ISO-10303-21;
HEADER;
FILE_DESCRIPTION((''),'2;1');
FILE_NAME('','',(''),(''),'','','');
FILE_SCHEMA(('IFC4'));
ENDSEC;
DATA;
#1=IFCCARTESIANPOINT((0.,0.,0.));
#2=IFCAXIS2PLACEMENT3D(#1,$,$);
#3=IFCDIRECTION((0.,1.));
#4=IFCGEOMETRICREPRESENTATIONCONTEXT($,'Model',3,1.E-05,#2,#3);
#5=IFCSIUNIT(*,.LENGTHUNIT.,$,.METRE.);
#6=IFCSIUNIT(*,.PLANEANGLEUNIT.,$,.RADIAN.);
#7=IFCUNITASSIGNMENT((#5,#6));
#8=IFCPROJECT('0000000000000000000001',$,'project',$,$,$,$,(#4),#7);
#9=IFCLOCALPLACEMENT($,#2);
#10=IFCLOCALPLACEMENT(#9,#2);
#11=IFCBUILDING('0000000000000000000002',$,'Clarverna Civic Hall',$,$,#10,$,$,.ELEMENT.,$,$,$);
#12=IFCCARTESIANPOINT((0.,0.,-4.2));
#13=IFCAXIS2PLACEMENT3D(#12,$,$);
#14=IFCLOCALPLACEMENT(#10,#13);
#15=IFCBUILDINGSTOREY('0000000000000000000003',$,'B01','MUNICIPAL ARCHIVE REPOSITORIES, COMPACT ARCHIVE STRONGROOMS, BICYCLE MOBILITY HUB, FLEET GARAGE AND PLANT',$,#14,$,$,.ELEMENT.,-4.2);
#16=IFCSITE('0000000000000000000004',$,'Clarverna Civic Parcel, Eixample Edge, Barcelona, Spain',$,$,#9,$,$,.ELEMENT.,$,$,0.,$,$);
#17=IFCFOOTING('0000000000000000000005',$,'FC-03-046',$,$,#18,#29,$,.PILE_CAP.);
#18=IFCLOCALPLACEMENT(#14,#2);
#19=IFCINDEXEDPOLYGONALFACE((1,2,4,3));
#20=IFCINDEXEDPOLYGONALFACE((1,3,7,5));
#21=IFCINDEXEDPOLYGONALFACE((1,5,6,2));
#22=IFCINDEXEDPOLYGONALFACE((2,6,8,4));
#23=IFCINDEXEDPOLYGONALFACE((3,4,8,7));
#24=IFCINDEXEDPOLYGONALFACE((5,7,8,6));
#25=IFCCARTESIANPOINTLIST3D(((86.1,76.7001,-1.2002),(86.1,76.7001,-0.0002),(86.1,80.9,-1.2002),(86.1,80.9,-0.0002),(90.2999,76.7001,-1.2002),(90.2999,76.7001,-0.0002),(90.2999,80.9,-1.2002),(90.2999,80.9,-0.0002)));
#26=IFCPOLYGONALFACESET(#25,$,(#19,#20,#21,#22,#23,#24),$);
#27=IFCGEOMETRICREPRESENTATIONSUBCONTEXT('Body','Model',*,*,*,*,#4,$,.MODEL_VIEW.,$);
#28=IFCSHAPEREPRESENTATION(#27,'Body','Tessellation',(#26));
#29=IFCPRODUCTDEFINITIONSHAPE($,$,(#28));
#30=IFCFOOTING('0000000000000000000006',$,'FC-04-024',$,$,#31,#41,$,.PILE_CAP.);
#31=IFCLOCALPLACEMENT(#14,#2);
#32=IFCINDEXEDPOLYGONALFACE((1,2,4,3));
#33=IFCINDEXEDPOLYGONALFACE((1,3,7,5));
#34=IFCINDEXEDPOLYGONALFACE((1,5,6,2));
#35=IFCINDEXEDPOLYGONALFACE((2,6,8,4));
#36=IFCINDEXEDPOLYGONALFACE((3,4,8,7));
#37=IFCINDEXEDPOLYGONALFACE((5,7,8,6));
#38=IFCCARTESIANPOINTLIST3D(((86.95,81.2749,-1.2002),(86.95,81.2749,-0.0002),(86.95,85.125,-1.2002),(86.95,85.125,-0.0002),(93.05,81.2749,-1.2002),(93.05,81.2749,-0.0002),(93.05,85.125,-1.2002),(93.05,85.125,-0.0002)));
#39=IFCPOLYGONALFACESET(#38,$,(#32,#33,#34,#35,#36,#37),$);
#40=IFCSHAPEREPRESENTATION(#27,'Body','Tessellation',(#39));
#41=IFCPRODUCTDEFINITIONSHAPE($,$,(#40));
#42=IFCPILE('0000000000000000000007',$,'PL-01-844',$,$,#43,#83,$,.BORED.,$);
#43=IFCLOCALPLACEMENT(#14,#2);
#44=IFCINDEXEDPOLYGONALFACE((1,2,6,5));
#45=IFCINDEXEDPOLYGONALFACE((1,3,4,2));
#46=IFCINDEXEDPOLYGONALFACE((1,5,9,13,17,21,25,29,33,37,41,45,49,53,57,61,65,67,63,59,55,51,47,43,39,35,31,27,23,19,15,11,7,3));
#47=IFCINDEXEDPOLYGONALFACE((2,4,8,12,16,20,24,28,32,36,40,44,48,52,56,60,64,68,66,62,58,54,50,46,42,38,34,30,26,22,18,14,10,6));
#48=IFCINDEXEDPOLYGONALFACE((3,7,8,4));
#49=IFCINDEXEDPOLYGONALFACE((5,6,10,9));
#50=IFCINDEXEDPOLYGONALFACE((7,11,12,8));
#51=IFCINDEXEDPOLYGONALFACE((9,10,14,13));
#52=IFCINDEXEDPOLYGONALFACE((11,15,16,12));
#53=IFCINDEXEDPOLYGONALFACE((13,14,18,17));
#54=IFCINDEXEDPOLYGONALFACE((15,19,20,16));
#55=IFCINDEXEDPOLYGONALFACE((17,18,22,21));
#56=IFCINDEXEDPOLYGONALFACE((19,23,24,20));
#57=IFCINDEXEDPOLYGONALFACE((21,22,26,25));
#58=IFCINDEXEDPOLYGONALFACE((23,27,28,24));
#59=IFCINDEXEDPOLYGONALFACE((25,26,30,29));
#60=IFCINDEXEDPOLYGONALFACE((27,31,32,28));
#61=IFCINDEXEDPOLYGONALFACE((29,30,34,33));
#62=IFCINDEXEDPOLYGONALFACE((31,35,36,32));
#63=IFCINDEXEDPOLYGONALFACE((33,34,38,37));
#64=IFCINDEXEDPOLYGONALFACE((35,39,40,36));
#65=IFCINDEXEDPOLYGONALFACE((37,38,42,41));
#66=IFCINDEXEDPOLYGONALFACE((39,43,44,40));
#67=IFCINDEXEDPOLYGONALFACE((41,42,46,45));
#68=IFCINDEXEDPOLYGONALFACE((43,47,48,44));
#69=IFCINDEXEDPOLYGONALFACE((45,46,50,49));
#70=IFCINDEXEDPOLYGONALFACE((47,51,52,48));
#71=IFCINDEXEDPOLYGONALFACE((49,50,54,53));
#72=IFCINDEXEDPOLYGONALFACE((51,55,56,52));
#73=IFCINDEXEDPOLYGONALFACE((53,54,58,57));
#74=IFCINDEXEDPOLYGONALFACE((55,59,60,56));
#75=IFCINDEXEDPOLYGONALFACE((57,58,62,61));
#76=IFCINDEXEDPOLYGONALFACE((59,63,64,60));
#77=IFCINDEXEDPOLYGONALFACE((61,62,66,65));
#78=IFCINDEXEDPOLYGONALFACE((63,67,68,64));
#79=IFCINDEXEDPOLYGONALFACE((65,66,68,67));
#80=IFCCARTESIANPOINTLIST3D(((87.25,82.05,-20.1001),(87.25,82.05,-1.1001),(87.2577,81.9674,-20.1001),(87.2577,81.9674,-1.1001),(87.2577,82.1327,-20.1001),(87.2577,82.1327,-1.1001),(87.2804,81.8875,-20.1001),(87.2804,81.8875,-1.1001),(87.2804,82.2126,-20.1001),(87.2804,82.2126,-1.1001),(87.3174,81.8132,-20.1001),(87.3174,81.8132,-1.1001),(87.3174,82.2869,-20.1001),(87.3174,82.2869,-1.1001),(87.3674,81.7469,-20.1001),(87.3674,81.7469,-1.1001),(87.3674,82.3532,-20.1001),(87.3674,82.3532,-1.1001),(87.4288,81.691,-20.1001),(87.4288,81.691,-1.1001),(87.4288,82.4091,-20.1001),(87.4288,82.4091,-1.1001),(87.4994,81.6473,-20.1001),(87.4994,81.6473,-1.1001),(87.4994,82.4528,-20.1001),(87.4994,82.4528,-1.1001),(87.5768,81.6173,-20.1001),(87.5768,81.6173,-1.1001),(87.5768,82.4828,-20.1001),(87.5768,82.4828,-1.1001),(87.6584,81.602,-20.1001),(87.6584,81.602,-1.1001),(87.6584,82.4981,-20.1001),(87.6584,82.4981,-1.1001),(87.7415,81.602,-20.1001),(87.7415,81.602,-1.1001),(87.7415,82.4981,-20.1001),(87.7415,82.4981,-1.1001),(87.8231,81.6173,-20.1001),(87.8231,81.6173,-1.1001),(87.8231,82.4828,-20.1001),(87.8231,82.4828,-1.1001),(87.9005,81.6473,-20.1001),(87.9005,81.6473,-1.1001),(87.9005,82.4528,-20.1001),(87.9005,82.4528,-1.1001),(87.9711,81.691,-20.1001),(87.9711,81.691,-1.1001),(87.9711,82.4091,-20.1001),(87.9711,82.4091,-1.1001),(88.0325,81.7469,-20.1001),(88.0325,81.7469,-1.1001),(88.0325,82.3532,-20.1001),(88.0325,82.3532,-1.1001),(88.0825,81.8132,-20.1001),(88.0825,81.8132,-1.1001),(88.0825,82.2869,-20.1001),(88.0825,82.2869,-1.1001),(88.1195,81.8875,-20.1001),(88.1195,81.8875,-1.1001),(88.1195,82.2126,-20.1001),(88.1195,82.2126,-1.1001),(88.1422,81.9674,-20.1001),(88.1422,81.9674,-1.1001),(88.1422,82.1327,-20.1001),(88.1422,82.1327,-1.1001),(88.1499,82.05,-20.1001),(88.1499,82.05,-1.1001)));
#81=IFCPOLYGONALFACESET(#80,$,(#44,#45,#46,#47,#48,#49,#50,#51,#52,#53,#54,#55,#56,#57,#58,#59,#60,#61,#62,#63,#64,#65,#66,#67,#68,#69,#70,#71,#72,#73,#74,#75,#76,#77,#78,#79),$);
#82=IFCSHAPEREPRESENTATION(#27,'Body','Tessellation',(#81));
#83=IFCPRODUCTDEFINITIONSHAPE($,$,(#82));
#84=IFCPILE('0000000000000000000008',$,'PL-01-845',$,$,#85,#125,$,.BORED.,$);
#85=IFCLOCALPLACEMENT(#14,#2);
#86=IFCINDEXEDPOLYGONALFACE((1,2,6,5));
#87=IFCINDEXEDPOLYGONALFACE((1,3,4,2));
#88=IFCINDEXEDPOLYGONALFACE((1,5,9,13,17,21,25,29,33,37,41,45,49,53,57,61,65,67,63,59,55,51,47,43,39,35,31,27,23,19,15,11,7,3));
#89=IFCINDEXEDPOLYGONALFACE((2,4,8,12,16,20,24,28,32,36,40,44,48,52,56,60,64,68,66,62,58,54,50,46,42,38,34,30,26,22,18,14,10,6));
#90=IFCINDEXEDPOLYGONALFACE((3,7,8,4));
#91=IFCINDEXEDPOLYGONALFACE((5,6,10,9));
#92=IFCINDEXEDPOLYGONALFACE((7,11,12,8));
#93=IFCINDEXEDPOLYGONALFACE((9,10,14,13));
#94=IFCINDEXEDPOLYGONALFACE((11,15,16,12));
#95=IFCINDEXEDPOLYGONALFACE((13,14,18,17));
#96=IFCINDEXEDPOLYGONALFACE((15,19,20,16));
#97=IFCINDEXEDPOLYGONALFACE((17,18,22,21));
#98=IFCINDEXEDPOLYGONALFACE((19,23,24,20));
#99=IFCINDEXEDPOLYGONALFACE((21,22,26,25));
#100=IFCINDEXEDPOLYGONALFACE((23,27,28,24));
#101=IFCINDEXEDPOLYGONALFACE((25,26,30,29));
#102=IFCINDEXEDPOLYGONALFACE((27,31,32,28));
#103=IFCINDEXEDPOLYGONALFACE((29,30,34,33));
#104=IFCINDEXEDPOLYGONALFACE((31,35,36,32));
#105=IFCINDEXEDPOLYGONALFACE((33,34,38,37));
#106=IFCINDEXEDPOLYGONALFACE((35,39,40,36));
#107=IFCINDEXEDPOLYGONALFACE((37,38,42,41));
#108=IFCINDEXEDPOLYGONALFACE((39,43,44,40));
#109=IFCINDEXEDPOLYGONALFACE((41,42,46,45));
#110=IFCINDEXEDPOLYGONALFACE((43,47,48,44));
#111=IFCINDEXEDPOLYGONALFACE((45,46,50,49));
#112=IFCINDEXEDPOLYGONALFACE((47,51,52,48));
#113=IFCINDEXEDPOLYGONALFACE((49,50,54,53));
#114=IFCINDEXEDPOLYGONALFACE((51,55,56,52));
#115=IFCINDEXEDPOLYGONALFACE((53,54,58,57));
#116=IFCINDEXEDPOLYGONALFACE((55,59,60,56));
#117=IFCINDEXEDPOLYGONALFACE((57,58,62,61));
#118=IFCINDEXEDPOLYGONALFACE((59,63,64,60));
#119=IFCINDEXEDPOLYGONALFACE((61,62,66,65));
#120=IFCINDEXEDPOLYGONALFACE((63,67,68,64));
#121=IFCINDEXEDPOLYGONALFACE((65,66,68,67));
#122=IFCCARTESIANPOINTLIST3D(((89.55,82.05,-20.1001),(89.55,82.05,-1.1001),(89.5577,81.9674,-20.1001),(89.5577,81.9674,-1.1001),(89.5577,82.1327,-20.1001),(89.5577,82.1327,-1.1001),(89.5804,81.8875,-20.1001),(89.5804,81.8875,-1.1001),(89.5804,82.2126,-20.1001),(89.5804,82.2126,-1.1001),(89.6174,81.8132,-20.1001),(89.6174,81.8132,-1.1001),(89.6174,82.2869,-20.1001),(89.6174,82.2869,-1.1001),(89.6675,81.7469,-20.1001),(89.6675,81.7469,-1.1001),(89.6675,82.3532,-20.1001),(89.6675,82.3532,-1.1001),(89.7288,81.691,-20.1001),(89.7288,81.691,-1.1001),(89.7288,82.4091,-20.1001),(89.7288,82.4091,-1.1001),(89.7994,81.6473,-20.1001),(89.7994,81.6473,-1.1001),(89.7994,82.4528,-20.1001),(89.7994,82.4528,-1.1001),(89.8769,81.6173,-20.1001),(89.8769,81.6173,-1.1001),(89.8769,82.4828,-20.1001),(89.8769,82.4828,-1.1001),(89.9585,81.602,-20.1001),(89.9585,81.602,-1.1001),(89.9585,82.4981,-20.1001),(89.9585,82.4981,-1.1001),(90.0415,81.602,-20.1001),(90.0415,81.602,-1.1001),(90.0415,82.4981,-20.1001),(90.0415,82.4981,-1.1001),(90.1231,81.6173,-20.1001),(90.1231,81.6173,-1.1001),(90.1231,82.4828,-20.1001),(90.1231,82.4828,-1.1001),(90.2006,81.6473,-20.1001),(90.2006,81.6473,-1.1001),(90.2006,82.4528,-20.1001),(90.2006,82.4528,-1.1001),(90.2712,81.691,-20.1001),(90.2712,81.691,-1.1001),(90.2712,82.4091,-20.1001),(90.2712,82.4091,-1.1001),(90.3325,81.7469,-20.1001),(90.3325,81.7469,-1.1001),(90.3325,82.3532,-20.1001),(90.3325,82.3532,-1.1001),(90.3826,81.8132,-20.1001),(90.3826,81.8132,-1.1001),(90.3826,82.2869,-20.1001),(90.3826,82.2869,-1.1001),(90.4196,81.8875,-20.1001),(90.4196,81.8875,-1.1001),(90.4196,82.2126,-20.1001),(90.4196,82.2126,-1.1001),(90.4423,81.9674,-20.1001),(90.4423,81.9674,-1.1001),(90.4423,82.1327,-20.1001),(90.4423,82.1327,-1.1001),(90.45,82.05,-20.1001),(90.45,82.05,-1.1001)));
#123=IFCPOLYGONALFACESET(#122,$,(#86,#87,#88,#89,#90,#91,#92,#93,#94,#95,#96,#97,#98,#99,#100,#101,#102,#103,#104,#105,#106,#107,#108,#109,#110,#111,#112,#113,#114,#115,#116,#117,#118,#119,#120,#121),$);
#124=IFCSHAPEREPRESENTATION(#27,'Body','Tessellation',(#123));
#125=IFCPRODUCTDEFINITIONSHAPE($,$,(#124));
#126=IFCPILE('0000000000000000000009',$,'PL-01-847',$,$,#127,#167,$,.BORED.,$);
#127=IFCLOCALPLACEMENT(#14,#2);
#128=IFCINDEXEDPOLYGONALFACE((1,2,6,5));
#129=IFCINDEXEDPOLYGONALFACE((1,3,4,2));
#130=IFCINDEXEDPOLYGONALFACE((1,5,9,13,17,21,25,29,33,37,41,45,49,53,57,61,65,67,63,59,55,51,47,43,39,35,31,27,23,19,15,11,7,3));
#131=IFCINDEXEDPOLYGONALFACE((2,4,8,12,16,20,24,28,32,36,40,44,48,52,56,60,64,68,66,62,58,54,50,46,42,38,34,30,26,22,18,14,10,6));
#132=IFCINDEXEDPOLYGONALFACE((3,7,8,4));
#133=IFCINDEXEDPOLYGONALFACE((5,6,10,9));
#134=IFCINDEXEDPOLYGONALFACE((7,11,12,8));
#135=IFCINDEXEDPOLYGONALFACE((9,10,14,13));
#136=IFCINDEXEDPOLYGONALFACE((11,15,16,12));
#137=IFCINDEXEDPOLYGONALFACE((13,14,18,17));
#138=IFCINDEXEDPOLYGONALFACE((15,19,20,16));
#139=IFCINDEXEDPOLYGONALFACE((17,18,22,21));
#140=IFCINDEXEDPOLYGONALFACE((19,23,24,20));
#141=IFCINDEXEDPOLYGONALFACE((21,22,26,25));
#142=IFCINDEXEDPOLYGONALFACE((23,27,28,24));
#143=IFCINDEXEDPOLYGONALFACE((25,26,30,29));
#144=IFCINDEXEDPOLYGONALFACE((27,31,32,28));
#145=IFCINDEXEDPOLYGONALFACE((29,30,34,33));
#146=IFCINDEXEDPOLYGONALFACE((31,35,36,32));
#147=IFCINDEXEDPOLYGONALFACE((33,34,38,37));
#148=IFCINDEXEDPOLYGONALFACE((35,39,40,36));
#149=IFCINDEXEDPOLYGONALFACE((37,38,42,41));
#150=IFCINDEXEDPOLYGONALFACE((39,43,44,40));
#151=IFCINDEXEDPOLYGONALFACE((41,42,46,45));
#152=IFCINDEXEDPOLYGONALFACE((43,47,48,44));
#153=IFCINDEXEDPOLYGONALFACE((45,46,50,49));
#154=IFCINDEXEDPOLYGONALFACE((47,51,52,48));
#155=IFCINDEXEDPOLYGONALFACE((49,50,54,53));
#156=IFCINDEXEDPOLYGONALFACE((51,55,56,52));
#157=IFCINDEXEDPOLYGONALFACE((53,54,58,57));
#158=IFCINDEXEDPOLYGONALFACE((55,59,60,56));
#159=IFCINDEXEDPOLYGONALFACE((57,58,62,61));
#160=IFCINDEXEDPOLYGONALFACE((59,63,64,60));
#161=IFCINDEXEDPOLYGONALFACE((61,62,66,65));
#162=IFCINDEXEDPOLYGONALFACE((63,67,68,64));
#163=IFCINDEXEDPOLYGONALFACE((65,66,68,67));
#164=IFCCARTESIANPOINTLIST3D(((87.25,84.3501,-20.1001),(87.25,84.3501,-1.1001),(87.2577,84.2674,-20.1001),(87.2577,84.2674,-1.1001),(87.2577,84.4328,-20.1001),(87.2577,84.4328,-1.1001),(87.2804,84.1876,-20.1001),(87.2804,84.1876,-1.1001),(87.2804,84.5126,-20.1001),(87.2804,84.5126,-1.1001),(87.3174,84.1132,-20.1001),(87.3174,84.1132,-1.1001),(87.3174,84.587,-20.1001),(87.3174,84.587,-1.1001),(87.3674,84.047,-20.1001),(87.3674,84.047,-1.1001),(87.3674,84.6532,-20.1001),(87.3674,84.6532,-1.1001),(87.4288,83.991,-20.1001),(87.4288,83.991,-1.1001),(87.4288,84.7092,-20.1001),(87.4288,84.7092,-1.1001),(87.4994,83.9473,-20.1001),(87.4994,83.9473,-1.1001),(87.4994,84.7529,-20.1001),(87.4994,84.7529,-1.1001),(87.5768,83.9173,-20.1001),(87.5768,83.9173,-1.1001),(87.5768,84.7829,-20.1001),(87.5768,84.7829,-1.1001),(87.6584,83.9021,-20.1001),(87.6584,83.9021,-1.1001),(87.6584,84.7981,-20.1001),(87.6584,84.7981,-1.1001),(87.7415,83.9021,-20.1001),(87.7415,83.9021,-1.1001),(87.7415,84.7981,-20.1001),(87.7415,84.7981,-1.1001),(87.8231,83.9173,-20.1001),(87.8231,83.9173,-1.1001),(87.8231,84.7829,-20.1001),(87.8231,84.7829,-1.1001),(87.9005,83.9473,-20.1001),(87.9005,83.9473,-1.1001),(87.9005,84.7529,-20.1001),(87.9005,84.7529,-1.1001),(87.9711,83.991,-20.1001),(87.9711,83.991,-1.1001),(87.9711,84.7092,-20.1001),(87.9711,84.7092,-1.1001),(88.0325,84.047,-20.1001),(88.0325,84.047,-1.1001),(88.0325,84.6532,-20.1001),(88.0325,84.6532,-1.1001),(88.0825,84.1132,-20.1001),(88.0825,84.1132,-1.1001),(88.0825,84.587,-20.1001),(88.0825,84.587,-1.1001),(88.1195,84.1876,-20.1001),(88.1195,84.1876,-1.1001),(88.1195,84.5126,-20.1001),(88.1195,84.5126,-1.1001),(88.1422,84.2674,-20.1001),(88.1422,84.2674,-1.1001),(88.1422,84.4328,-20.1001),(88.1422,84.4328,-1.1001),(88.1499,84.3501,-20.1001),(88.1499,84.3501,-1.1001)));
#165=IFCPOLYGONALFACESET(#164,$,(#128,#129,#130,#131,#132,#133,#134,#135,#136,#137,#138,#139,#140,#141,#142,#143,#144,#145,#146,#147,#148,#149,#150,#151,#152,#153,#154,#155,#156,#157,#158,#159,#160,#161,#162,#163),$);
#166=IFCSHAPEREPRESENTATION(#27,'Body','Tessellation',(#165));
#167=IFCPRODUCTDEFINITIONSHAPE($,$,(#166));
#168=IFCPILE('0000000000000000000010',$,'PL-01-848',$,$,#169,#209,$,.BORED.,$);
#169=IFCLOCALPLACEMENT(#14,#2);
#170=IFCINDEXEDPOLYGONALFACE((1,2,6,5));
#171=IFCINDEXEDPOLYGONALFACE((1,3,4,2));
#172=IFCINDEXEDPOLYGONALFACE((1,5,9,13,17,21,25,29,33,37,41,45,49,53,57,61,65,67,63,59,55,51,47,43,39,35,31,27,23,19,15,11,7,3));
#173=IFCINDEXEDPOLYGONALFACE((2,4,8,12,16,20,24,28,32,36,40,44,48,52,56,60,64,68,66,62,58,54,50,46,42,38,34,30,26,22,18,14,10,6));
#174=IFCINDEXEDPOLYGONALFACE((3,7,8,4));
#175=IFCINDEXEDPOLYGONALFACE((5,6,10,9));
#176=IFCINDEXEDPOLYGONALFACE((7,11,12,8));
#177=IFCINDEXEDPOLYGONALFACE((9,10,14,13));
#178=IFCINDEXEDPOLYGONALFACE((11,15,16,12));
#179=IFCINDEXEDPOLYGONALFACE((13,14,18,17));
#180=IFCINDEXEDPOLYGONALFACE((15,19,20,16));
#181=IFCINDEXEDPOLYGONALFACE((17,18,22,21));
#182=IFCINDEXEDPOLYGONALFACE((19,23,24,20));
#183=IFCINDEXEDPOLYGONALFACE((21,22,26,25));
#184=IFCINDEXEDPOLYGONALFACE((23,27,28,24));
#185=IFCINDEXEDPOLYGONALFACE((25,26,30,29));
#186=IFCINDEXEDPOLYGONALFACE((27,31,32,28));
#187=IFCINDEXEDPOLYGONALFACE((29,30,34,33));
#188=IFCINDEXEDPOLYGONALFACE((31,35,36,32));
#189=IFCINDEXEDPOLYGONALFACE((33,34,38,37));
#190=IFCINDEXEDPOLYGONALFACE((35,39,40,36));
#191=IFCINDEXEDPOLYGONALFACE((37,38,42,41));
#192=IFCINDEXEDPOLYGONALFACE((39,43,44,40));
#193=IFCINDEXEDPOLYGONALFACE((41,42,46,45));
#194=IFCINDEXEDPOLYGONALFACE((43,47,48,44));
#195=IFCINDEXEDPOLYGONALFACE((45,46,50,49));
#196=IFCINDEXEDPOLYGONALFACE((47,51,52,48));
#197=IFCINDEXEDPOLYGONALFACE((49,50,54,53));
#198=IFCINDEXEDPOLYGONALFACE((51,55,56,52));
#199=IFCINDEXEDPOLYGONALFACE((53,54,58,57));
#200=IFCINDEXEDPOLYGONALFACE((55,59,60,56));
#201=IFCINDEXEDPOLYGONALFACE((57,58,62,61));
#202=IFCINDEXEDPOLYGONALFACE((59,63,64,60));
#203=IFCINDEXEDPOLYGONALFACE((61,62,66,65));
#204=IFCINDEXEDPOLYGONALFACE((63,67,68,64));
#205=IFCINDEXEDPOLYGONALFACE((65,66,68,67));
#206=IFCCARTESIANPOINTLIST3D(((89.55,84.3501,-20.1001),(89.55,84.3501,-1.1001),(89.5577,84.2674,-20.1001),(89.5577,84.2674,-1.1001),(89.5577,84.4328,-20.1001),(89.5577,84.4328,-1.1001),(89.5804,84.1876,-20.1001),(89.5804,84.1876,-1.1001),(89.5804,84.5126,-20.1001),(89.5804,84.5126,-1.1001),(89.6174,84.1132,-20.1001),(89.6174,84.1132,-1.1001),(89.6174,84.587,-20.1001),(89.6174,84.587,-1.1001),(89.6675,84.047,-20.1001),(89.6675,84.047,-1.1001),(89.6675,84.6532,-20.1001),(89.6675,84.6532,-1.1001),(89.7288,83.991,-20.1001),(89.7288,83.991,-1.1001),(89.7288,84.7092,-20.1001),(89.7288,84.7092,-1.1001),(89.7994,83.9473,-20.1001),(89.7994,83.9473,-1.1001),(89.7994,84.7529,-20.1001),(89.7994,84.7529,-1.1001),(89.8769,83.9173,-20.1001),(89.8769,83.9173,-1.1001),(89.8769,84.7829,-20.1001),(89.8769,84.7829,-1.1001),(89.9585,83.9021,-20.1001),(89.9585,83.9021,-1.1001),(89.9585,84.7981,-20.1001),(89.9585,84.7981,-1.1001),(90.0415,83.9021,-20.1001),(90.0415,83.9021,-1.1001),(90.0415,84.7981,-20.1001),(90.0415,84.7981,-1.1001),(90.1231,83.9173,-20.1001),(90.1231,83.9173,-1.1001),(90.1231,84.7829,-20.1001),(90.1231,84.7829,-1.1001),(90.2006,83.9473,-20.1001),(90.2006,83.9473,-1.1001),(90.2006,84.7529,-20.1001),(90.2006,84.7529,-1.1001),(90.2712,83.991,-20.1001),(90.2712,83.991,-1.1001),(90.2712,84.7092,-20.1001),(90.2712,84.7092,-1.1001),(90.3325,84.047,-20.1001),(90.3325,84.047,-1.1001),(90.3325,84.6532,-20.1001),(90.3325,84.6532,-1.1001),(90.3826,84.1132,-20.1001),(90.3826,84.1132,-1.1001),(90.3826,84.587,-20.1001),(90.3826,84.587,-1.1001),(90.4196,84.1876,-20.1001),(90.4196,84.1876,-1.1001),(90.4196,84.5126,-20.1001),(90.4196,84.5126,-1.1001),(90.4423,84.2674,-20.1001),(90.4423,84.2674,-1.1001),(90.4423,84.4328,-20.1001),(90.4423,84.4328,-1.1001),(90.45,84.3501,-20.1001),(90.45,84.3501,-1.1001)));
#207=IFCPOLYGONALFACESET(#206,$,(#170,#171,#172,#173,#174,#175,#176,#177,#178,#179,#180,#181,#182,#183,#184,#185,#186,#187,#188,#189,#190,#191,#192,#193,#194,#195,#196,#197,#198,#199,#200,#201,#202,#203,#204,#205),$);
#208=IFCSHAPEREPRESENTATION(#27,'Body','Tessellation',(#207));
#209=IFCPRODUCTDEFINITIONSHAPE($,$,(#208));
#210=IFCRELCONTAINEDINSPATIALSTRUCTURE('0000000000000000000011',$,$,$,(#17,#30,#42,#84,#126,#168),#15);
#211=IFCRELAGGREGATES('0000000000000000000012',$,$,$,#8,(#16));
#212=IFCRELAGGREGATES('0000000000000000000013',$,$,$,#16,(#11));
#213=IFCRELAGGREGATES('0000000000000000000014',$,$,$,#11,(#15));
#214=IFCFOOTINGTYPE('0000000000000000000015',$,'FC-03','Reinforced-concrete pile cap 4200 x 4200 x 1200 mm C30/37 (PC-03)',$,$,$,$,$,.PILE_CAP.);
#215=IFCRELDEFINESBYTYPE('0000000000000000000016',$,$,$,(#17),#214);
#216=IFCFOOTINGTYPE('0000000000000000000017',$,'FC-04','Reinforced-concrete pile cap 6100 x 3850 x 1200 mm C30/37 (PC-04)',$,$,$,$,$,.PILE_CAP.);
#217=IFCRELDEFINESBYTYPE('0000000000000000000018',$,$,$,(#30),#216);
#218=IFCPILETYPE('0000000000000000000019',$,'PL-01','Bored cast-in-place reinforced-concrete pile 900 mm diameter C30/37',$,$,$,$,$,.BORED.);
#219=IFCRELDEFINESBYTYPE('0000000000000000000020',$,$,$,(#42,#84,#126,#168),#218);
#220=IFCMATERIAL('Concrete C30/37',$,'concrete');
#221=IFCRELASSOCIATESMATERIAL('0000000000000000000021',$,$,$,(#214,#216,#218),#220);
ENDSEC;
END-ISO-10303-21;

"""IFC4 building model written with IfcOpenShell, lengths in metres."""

from ifc_helpers import new_model, si_unit, direction, frame, origin, origin_2d, place, context, subcontext, project, spatial, rectangle, circle, extrude, material, material_profile, profile_set, type_object, element, save


model = new_model("IFC4")

# Units and contexts
model_context = context("Model", 3, precision=1e-05, world=origin(), true_north=direction((0.0, 1.0)))
body_context = subcontext(model_context, "Body", "Model", "MODEL_VIEW")
ifc_project = project(units=[si_unit("LENGTHUNIT", "METRE"), si_unit("PLANEANGLEUNIT", "RADIAN")], contexts=[model_context])

# Site, building, storey
site_placement = place(None, origin())
site = spatial("IfcSite", under=ifc_project, at=site_placement, Name="Clarverna Civic Parcel, Eixample Edge, Barcelona, Spain", CompositionType="ELEMENT", RefElevation=0.0)
building_placement = place(site_placement, origin())
building = spatial("IfcBuilding", under=site, at=building_placement, Name="Clarverna Civic Hall", CompositionType="ELEMENT")
storey_placement = place(building_placement, frame((0.0, 0.0, -4.2)))
storey = spatial("IfcBuildingStorey", under=building, at=storey_placement, Name="B01", Description="MUNICIPAL ARCHIVE REPOSITORIES, COMPACT ARCHIVE STRONGROOMS, BICYCLE MOBILITY HUB, FLEET GARAGE AND PLANT", CompositionType="ELEMENT", Elevation=-4.2)

# Footings
ifc_material_1 = material(Name="Concrete C30/37", Category="concrete")
footing_type_1 = type_object("IfcFootingType", Name="FC-03", Description="Reinforced-concrete pile cap 4200 x 4200 x 1200 mm C30/37 (PC-03)", PredefinedType="PILE_CAP", material=ifc_material_1)
footing_1_placement = place(storey_placement, frame((88.2, 78.8, -1.2002), z_axis=(0.0, 0.0, 1.0), x_axis=(1.0, 0.0, 0.0)))
element("IfcFooting", 1, at=footing_1_placement, inside=storey, type_object=footing_type_1, Name="FC-03-046", PredefinedType="PILE_CAP", context=body_context, shape_type="SweptSolid", body=[
    extrude(rectangle(XDim=4.2, YDim=4.2, at=origin_2d()), origin(), (0.0, 0.0, 1.0), 1.2),
])
footing_type_2 = type_object("IfcFootingType", Name="FC-04", Description="Reinforced-concrete pile cap 6100 x 3850 x 1200 mm C30/37 (PC-04)", PredefinedType="PILE_CAP", material=ifc_material_1)
footing_2_placement = place(storey_placement, frame((90.0, 83.2, -1.2002), z_axis=(0.0, 0.0, 1.0), x_axis=(1.0, 0.0, 0.0)))
element("IfcFooting", 2, at=footing_2_placement, inside=storey, type_object=footing_type_2, Name="FC-04-024", PredefinedType="PILE_CAP", context=body_context, shape_type="SweptSolid", body=[
    extrude(rectangle(XDim=6.1001, YDim=3.8501, at=origin_2d()), origin(), (0.0, 0.0, 1.0), 1.2),
])

# Piles
ifc_material_profile_1 = material_profile(ifc_material_1, circle(Radius=0.45, at=origin_2d()), Name="BORED PILE D900")
ifc_profile_set_1 = profile_set([ifc_material_profile_1], Name="Concrete C30/37")
pile_type_1 = type_object("IfcPileType", Name="PL-01", Description="Bored cast-in-place reinforced-concrete pile 900 mm diameter C30/37", PredefinedType="BORED", material=ifc_profile_set_1)
for number, where, z_axis, x_axis, name in (
    (3, (87.7, 82.05, -1.1001), (0.0, 0.0, -1.0), (1.0, 0.0, 0.0), "PL-01-844"),
    (4, (90.0, 82.05, -1.1001), (0.0, 0.0, -1.0), (1.0, 0.0, 0.0), "PL-01-845"),
    (5, (87.7, 84.3501, -1.1001), (0.0, 0.0, -1.0), (1.0, 0.0, 0.0), "PL-01-847"),
    (6, (90.0, 84.3501, -1.1001), (0.0, 0.0, -1.0), (1.0, 0.0, 0.0), "PL-01-848"),
):
    element("IfcPile", number, at=place(storey_placement, frame(where, z_axis=z_axis, x_axis=x_axis)), inside=storey, type_object=pile_type_1, Name=name, PredefinedType="BORED", context=body_context, shape_type="SweptSolid", body=[
        extrude(circle(Radius=0.45, at=origin_2d()), origin(), (0.0, 0.0, 1.0), 19.0),
    ])

save(model, "model.ifc")
